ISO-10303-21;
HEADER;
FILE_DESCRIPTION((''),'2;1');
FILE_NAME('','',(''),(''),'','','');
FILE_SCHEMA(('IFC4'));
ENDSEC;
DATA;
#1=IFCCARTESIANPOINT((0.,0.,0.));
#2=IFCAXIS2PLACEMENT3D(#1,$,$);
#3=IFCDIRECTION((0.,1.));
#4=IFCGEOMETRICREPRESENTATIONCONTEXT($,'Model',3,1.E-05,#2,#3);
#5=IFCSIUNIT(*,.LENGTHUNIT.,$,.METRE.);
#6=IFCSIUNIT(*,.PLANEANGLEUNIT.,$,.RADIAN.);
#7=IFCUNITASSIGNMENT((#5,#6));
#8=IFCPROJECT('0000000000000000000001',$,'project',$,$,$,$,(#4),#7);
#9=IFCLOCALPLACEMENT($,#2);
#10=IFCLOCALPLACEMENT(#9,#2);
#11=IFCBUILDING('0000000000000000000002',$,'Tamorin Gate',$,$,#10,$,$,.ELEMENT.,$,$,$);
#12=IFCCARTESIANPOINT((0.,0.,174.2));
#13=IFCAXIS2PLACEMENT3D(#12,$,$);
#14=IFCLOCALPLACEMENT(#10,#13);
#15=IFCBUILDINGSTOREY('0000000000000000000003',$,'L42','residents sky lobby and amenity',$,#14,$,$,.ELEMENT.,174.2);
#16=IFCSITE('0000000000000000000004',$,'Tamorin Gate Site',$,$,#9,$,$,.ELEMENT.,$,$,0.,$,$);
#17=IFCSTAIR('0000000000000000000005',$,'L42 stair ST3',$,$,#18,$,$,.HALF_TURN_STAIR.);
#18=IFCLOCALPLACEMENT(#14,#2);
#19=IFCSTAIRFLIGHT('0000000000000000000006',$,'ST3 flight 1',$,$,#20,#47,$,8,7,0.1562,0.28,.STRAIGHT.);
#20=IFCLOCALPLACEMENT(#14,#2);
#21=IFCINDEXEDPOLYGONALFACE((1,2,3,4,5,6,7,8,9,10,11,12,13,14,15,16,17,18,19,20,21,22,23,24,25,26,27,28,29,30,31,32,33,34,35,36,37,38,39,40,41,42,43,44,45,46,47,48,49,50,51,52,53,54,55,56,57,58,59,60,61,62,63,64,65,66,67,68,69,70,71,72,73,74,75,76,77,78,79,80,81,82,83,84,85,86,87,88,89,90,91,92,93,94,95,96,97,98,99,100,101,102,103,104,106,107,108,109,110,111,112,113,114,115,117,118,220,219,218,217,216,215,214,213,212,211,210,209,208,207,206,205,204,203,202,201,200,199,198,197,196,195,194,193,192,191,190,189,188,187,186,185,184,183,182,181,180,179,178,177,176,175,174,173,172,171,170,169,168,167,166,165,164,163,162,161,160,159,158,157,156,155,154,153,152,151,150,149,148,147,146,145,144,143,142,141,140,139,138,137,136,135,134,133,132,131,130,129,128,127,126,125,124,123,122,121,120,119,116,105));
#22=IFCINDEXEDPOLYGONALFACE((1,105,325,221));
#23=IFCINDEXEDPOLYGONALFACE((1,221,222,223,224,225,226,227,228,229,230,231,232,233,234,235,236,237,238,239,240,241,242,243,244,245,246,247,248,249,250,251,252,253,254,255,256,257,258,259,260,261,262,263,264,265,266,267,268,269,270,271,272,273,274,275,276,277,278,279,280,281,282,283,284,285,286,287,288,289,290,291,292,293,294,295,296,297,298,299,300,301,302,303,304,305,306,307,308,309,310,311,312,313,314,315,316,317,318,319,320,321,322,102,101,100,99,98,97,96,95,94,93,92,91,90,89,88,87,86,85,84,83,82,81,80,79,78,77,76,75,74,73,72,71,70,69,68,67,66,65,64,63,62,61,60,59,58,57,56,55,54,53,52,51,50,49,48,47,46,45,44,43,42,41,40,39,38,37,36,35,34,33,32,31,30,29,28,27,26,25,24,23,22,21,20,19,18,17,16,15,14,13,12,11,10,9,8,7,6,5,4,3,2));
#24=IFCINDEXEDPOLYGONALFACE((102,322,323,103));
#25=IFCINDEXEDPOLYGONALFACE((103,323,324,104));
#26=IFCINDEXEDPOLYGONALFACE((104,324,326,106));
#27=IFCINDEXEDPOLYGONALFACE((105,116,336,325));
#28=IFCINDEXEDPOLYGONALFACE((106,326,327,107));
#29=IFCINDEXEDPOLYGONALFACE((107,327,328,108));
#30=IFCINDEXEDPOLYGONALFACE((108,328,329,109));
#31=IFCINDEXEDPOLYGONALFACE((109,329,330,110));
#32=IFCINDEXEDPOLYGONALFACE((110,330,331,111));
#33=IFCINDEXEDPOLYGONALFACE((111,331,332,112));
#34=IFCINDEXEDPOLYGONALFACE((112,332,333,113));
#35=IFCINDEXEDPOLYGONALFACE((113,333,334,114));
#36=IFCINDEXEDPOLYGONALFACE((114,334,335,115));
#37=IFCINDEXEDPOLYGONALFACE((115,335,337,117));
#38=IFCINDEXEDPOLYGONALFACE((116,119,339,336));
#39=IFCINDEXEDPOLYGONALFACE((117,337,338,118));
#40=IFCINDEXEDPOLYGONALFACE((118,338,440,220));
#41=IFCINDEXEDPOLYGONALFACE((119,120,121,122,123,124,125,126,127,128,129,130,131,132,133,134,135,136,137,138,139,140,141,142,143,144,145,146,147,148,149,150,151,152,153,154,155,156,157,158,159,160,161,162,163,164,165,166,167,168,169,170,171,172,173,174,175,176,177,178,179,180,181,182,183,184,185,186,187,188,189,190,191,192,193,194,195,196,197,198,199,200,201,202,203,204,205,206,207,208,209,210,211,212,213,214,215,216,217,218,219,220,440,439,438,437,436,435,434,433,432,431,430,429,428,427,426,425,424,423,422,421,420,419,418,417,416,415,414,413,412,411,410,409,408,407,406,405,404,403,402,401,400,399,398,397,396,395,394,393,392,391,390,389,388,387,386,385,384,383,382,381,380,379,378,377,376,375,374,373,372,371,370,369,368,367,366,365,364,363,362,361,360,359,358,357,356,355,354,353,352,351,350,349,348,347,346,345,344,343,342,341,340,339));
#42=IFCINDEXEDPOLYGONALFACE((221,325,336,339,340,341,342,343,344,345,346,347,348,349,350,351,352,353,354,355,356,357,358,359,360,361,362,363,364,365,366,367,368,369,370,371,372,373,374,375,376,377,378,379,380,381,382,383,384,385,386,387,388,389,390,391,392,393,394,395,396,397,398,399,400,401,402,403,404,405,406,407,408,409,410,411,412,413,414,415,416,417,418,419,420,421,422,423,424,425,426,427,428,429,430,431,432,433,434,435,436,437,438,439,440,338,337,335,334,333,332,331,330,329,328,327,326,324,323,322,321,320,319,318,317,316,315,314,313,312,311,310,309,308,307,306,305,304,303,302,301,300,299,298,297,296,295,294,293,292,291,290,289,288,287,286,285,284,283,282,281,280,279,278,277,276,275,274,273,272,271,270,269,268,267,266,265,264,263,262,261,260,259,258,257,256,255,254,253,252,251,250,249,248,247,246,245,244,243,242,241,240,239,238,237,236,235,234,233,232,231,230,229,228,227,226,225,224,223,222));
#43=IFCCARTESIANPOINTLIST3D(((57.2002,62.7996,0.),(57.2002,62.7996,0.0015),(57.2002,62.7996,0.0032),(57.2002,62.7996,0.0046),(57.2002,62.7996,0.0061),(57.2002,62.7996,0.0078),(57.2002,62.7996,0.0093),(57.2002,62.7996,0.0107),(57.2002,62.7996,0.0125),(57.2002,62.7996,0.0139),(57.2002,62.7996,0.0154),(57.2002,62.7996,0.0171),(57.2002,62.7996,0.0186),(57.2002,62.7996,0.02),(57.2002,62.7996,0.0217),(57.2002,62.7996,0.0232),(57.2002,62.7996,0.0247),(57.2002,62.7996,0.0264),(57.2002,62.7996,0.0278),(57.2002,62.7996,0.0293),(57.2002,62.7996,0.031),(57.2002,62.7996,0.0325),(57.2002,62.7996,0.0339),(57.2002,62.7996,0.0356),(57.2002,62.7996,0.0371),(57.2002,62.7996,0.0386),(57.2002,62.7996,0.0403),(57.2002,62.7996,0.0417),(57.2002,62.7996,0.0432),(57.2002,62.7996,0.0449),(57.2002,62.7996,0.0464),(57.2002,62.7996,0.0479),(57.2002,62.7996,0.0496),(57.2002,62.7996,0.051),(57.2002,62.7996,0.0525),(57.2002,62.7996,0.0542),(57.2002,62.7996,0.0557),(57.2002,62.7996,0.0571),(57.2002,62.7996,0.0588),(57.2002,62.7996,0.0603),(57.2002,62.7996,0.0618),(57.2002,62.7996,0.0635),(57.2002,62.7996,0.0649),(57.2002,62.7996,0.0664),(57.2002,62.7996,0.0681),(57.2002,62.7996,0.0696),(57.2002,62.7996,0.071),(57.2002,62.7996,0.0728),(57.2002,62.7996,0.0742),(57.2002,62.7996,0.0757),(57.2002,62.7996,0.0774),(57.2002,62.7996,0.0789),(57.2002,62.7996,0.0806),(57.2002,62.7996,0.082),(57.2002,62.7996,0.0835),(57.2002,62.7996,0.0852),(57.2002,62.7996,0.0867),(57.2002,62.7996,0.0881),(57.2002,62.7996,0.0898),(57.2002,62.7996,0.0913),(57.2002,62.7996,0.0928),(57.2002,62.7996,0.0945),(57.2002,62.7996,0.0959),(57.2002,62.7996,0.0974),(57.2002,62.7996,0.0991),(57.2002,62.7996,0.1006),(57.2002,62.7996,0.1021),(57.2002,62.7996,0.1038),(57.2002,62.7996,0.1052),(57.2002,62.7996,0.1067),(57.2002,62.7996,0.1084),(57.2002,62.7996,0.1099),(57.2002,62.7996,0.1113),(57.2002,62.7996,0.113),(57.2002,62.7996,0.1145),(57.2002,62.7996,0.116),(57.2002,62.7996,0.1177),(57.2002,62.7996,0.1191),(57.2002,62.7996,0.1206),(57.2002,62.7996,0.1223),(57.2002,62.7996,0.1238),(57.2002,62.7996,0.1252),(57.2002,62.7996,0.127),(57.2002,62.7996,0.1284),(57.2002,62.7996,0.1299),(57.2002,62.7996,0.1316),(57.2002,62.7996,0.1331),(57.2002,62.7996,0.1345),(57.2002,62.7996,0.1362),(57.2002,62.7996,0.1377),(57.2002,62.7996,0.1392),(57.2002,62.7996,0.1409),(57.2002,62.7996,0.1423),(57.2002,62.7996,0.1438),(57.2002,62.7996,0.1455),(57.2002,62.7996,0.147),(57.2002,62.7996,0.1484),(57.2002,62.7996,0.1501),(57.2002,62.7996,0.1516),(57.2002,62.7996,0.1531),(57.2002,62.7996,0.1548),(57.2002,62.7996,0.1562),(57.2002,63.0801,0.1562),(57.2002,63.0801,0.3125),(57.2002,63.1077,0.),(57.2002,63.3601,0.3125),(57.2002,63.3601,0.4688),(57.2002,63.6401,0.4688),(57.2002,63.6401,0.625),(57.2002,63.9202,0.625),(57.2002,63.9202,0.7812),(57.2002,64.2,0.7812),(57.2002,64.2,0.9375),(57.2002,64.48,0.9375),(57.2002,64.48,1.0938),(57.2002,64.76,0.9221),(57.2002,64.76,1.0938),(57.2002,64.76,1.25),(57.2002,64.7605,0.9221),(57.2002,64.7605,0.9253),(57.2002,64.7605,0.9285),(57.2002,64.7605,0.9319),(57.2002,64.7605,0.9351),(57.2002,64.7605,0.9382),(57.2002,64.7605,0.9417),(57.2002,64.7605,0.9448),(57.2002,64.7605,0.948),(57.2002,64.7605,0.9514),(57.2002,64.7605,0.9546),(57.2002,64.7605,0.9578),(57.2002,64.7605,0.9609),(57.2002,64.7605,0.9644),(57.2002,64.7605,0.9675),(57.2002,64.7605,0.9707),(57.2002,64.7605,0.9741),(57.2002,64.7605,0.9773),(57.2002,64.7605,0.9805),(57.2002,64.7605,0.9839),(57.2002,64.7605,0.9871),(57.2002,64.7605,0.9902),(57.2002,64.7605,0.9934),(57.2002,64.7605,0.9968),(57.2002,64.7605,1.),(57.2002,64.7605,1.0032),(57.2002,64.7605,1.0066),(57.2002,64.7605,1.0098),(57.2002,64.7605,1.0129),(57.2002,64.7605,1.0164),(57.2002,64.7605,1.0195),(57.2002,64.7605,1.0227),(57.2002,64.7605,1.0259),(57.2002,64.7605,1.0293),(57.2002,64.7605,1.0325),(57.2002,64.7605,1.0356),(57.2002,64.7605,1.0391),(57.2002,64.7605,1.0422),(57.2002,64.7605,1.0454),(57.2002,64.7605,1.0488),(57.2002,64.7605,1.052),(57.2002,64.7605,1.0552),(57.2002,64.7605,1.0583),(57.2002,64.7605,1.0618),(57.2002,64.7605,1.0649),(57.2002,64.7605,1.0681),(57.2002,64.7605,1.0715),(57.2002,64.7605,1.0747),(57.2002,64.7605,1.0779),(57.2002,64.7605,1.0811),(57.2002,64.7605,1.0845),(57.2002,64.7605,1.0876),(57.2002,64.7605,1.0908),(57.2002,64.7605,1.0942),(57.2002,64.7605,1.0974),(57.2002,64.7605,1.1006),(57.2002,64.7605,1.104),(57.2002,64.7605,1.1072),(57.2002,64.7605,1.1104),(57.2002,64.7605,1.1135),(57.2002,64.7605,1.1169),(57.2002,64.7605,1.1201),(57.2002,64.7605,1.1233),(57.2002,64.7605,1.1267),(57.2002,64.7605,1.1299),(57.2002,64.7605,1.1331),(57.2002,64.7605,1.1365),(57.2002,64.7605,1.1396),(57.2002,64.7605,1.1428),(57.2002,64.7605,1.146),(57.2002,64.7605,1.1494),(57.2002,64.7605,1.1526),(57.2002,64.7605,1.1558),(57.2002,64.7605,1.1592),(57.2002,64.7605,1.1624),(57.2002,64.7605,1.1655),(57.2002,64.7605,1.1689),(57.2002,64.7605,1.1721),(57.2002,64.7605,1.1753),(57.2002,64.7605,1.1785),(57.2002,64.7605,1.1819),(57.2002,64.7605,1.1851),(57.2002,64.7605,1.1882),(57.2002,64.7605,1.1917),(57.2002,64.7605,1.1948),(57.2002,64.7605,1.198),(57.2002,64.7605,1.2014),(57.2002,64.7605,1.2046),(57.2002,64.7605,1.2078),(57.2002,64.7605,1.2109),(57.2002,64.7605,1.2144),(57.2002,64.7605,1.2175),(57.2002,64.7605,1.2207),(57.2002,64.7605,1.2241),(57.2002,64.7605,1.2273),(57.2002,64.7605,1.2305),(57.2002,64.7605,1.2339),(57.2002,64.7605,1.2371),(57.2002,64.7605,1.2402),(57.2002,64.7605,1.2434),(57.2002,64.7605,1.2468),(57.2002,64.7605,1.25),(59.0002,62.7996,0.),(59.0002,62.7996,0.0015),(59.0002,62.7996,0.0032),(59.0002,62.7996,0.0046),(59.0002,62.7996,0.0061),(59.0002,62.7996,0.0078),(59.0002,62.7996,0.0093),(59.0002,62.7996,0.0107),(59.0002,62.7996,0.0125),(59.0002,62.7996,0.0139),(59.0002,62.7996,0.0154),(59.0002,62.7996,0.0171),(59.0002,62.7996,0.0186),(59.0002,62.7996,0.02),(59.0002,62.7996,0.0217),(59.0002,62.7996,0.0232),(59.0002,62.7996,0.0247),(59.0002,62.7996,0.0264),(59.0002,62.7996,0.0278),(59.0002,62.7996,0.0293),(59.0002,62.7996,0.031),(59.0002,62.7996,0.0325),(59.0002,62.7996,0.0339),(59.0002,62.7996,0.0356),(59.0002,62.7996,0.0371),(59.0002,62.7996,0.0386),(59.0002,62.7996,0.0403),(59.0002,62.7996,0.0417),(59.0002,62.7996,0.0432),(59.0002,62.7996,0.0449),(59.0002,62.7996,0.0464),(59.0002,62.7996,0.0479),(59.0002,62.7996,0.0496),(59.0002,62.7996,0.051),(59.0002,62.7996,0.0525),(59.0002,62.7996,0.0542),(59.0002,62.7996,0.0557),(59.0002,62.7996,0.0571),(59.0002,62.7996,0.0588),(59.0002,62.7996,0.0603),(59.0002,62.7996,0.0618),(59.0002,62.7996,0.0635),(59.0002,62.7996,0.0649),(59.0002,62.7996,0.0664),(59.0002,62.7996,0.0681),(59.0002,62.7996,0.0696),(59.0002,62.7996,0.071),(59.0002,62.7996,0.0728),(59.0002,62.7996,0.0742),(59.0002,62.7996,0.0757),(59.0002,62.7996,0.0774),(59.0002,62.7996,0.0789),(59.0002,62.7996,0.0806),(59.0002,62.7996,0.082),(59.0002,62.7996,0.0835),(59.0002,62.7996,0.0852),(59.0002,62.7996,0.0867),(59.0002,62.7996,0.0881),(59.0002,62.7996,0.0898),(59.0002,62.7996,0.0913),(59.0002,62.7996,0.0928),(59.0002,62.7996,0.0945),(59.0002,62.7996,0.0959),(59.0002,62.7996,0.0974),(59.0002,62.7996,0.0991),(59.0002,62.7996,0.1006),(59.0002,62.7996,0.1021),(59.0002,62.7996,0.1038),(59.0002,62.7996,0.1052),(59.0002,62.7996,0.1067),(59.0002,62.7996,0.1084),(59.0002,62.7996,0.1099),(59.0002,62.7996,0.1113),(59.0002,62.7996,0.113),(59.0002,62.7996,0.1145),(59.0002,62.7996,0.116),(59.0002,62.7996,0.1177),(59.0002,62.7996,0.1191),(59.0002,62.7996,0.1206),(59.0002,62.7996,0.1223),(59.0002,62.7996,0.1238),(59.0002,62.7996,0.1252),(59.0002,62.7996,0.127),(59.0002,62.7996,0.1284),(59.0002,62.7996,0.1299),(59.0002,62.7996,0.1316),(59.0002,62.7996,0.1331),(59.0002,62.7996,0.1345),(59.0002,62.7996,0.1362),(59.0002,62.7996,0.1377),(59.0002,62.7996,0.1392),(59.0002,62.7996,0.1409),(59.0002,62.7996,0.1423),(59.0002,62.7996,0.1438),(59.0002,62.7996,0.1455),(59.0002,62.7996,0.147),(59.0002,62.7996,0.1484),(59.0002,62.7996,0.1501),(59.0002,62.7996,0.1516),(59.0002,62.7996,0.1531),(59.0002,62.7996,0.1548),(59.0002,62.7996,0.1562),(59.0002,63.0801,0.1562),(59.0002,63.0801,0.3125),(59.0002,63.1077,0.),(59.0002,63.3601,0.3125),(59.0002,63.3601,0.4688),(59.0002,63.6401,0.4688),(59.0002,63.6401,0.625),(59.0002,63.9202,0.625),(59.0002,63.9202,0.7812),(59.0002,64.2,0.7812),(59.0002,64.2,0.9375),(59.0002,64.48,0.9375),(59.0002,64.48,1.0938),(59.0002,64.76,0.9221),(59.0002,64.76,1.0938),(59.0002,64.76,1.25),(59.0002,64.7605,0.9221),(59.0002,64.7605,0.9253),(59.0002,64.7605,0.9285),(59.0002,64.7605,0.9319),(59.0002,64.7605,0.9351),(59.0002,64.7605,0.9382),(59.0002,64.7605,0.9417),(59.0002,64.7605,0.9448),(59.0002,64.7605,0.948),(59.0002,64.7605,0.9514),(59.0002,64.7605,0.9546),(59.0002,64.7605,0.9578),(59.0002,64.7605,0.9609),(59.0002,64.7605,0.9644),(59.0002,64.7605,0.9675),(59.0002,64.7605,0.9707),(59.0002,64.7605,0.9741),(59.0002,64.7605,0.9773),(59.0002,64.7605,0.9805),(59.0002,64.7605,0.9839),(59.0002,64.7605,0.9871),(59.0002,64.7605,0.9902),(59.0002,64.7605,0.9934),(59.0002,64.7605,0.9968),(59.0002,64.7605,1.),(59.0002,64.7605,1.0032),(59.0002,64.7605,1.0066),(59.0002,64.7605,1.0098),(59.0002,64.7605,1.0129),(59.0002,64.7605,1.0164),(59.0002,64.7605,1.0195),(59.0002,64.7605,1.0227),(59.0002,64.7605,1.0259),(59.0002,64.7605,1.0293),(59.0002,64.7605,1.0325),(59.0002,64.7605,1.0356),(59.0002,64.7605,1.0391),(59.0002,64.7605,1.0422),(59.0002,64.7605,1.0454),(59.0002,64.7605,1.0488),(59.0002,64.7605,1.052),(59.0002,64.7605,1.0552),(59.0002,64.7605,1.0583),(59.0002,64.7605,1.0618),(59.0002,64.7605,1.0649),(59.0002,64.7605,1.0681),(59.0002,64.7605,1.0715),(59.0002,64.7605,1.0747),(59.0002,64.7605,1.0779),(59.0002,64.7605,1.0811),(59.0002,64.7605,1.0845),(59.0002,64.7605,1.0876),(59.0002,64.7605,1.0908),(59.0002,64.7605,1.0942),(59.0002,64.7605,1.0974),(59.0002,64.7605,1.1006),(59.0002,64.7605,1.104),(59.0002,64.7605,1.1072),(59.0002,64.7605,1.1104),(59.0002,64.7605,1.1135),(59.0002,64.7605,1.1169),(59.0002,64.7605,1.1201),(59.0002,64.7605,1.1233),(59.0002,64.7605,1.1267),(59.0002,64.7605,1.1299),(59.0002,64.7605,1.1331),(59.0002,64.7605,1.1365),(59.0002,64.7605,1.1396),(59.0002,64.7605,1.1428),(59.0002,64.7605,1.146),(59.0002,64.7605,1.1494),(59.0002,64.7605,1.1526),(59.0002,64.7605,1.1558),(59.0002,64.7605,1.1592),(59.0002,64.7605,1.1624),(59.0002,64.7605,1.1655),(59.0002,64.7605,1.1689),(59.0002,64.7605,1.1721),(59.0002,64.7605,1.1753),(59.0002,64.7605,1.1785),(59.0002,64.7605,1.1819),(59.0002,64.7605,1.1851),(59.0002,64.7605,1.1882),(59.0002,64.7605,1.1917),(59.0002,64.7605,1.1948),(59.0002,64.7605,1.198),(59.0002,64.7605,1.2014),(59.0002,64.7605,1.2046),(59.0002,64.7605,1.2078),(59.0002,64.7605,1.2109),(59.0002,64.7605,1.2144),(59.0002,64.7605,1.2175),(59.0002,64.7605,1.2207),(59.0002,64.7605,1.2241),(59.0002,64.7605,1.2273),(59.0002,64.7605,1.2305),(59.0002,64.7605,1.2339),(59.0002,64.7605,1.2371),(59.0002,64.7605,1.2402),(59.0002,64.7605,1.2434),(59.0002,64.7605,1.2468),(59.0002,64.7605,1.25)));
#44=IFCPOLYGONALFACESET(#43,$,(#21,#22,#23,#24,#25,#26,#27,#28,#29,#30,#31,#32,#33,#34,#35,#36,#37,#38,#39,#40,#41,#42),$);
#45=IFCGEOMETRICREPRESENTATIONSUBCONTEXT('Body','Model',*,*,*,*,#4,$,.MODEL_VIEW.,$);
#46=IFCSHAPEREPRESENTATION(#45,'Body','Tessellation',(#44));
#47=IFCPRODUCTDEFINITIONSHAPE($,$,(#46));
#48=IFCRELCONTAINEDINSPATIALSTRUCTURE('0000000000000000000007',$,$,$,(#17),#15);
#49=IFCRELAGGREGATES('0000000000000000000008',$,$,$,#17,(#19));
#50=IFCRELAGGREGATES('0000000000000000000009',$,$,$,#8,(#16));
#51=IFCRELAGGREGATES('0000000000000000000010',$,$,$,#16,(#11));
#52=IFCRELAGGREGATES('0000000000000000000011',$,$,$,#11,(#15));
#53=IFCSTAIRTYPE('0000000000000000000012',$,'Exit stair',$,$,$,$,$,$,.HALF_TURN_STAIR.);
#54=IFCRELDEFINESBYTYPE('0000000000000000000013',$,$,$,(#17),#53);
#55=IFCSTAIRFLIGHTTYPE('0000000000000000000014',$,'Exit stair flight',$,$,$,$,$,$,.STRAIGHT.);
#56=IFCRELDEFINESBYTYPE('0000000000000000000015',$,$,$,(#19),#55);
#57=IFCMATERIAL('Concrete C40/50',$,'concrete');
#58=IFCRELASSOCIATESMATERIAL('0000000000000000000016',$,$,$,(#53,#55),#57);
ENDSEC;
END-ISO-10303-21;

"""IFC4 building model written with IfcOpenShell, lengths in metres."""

from ifc_helpers import new_model, si_unit, direction, frame, origin, place, context, subcontext, project, spatial, polyline, outline, extrude, material, type_object, element, aggregate, save


model = new_model("IFC4")

# Units and contexts
model_context = context("Model", 3, precision=1e-05, world=origin(), true_north=direction((0.0, 1.0)))
body_context = subcontext(model_context, "Body", "Model", "MODEL_VIEW")
ifc_project = project(units=[si_unit("LENGTHUNIT", "METRE"), si_unit("PLANEANGLEUNIT", "RADIAN")], contexts=[model_context])

# Site, building, storey
site_placement = place(None, origin())
site = spatial("IfcSite", under=ifc_project, at=site_placement, Name="Tamorin Gate Site", CompositionType="ELEMENT", RefElevation=0.0)
building_placement = place(site_placement, origin())
building = spatial("IfcBuilding", under=site, at=building_placement, Name="Tamorin Gate", CompositionType="ELEMENT")
storey_placement = place(building_placement, frame((0.0, 0.0, 174.2)))
storey = spatial("IfcBuildingStorey", under=building, at=storey_placement, Name="L42", Description="residents sky lobby and amenity", CompositionType="ELEMENT", Elevation=174.2)

# Shared definitions
ifc_material_1 = material(Name="Concrete C40/50", Category="concrete")

# Stair, stair flight
stair_type = type_object("IfcStairType", Name="Exit stair", PredefinedType="HALF_TURN_STAIR", material=ifc_material_1)
stair_placement = place(storey_placement, origin())
stair = element("IfcStair", 1, at=stair_placement, inside=storey, type_object=stair_type, Name="L42 stair ST3", PredefinedType="HALF_TURN_STAIR")
stair_flight_type = type_object("IfcStairFlightType", Name="Exit stair flight", PredefinedType="STRAIGHT", material=ifc_material_1)
stair_flight_1_placement = place(storey_placement, frame((58.1001, 62.8, 0.0), z_axis=(0.0, 0.0, 1.0), x_axis=(0.0, 1.0, 0.0)))
stair_flight_1 = element("IfcStairFlight", 2, at=stair_flight_1_placement, type_object=stair_flight_type, Name="ST3 flight 1", NumberOfRisers=8, NumberOfTreads=7, PredefinedType="STRAIGHT", RiserHeight=0.1562, TreadLength=0.28, context=body_context, shape_type="SweptSolid", body=[
    extrude(outline(polyline([(-0.0005, 0.0), (-0.0005, 0.0015), (-0.0005, 0.0032), (-0.0005, 0.0046), (-0.0005, 0.0061), (-0.0005, 0.0078), (-0.0005, 0.0093), (-0.0005, 0.0107), (-0.0005, 0.0125), (-0.0005, 0.0139), (-0.0005, 0.0154), (-0.0005, 0.0171), (-0.0005, 0.0186), (-0.0005, 0.02), (-0.0005, 0.0217), (-0.0005, 0.0232), (-0.0005, 0.0247), (-0.0005, 0.0264), (-0.0005, 0.0278), (-0.0005, 0.0293), (-0.0005, 0.031), (-0.0005, 0.0325), (-0.0005, 0.0339), (-0.0005, 0.0356), (-0.0005, 0.0371), (-0.0005, 0.0386), (-0.0005, 0.0403), (-0.0005, 0.0417), (-0.0005, 0.0432), (-0.0005, 0.0449), (-0.0005, 0.0464), (-0.0005, 0.0479), (-0.0005, 0.0496), (-0.0005, 0.051), (-0.0005, 0.0525), (-0.0005, 0.0542), (-0.0005, 0.0557), (-0.0005, 0.0571), (-0.0005, 0.0588), (-0.0005, 0.0603), (-0.0005, 0.0618), (-0.0005, 0.0635), (-0.0005, 0.0649), (-0.0005, 0.0664), (-0.0005, 0.0681), (-0.0005, 0.0696), (-0.0005, 0.071), (-0.0005, 0.0728), (-0.0005, 0.0742), (-0.0005, 0.0757), (-0.0005, 0.0774), (-0.0005, 0.0789), (-0.0005, 0.0806), (-0.0005, 0.082), (-0.0005, 0.0835), (-0.0005, 0.0852), (-0.0005, 0.0867), (-0.0005, 0.0881), (-0.0005, 0.0898), (-0.0005, 0.0913), (-0.0005, 0.0928), (-0.0005, 0.0945), (-0.0005, 0.0959), (-0.0005, 0.0974), (-0.0005, 0.0991), (-0.0005, 0.1006), (-0.0005, 0.1021), (-0.0005, 0.1038), (-0.0005, 0.1052), (-0.0005, 0.1067), (-0.0005, 0.1084), (-0.0005, 0.1099), (-0.0005, 0.1113), (-0.0005, 0.113), (-0.0005, 0.1145), (-0.0005, 0.116), (-0.0005, 0.1177), (-0.0005, 0.1191), (-0.0005, 0.1206), (-0.0005, 0.1223), (-0.0005, 0.1238), (-0.0005, 0.1252), (-0.0005, 0.127), (-0.0005, 0.1284), (-0.0005, 0.1299), (-0.0005, 0.1316), (-0.0005, 0.1331), (-0.0005, 0.1345), (-0.0005, 0.1362), (-0.0005, 0.1377), (-0.0005, 0.1392), (-0.0005, 0.1409), (-0.0005, 0.1423), (-0.0005, 0.1438), (-0.0005, 0.1455), (-0.0005, 0.147), (-0.0005, 0.1484), (-0.0005, 0.1501), (-0.0005, 0.1516), (-0.0005, 0.1531), (-0.0005, 0.1548), (-0.0005, 0.1562), (0.28, 0.1562), (0.28, 0.3125), (0.5601, 0.3125), (0.5601, 0.4688), (0.8401, 0.4688), (0.8401, 0.625), (1.1201, 0.625), (1.1201, 0.7812), (1.3999, 0.7812), (1.3999, 0.9375), (1.6799, 0.9375), (1.6799, 1.0938), (1.96, 1.0938), (1.96, 1.25), (1.9604, 1.25), (1.9604, 1.2468), (1.9604, 1.2434), (1.9604, 1.2402), (1.9604, 1.2371), (1.9604, 1.2339), (1.9604, 1.2305), (1.9604, 1.2273), (1.9604, 1.2241), (1.9604, 1.2207), (1.9604, 1.2175), (1.9604, 1.2144), (1.9604, 1.2109), (1.9604, 1.2078), (1.9604, 1.2046), (1.9604, 1.2014), (1.9604, 1.198), (1.9604, 1.1948), (1.9604, 1.1917), (1.9604, 1.1882), (1.9604, 1.1851), (1.9604, 1.1819), (1.9604, 1.1785), (1.9604, 1.1753), (1.9604, 1.1721), (1.9604, 1.1689), (1.9604, 1.1655), (1.9604, 1.1624), (1.9604, 1.1592), (1.9604, 1.1558), (1.9604, 1.1526), (1.9604, 1.1494), (1.9604, 1.146), (1.9604, 1.1428), (1.9604, 1.1396), (1.9604, 1.1365), (1.9604, 1.1331), (1.9604, 1.1299), (1.9604, 1.1267), (1.9604, 1.1233), (1.9604, 1.1201), (1.9604, 1.1169), (1.9604, 1.1135), (1.9604, 1.1104), (1.9604, 1.1072), (1.9604, 1.104), (1.9604, 1.1006), (1.9604, 1.0974), (1.9604, 1.0942), (1.9604, 1.0908), (1.9604, 1.0876), (1.9604, 1.0845), (1.9604, 1.0811), (1.9604, 1.0779), (1.9604, 1.0747), (1.9604, 1.0715), (1.9604, 1.0681), (1.9604, 1.0649), (1.9604, 1.0618), (1.9604, 1.0583), (1.9604, 1.0552), (1.9604, 1.052), (1.9604, 1.0488), (1.9604, 1.0454), (1.9604, 1.0422), (1.9604, 1.0391), (1.9604, 1.0356), (1.9604, 1.0325), (1.9604, 1.0293), (1.9604, 1.0259), (1.9604, 1.0227), (1.9604, 1.0195), (1.9604, 1.0164), (1.9604, 1.0129), (1.9604, 1.0098), (1.9604, 1.0066), (1.9604, 1.0032), (1.9604, 1.0), (1.9604, 0.9968), (1.9604, 0.9934), (1.9604, 0.9902), (1.9604, 0.9871), (1.9604, 0.9839), (1.9604, 0.9805), (1.9604, 0.9773), (1.9604, 0.9741), (1.9604, 0.9707), (1.9604, 0.9675), (1.9604, 0.9644), (1.9604, 0.9609), (1.9604, 0.9578), (1.9604, 0.9546), (1.9604, 0.9514), (1.9604, 0.948), (1.9604, 0.9448), (1.9604, 0.9417), (1.9604, 0.9382), (1.9604, 0.9351), (1.9604, 0.9319), (1.9604, 0.9285), (1.9604, 0.9253), (1.9604, 0.9221), (1.96, 0.9221), (0.3076, 0.0), (-0.0005, 0.0)])), frame((0.0, 0.8999, 0.0), z_axis=(0.0, -1.0, 0.0), x_axis=(1.0, 0.0, 0.0)), (0.0, 0.0, 1.0), 1.8),
])
aggregate(stair, [stair_flight_1])

save(model, "model.ifc")
